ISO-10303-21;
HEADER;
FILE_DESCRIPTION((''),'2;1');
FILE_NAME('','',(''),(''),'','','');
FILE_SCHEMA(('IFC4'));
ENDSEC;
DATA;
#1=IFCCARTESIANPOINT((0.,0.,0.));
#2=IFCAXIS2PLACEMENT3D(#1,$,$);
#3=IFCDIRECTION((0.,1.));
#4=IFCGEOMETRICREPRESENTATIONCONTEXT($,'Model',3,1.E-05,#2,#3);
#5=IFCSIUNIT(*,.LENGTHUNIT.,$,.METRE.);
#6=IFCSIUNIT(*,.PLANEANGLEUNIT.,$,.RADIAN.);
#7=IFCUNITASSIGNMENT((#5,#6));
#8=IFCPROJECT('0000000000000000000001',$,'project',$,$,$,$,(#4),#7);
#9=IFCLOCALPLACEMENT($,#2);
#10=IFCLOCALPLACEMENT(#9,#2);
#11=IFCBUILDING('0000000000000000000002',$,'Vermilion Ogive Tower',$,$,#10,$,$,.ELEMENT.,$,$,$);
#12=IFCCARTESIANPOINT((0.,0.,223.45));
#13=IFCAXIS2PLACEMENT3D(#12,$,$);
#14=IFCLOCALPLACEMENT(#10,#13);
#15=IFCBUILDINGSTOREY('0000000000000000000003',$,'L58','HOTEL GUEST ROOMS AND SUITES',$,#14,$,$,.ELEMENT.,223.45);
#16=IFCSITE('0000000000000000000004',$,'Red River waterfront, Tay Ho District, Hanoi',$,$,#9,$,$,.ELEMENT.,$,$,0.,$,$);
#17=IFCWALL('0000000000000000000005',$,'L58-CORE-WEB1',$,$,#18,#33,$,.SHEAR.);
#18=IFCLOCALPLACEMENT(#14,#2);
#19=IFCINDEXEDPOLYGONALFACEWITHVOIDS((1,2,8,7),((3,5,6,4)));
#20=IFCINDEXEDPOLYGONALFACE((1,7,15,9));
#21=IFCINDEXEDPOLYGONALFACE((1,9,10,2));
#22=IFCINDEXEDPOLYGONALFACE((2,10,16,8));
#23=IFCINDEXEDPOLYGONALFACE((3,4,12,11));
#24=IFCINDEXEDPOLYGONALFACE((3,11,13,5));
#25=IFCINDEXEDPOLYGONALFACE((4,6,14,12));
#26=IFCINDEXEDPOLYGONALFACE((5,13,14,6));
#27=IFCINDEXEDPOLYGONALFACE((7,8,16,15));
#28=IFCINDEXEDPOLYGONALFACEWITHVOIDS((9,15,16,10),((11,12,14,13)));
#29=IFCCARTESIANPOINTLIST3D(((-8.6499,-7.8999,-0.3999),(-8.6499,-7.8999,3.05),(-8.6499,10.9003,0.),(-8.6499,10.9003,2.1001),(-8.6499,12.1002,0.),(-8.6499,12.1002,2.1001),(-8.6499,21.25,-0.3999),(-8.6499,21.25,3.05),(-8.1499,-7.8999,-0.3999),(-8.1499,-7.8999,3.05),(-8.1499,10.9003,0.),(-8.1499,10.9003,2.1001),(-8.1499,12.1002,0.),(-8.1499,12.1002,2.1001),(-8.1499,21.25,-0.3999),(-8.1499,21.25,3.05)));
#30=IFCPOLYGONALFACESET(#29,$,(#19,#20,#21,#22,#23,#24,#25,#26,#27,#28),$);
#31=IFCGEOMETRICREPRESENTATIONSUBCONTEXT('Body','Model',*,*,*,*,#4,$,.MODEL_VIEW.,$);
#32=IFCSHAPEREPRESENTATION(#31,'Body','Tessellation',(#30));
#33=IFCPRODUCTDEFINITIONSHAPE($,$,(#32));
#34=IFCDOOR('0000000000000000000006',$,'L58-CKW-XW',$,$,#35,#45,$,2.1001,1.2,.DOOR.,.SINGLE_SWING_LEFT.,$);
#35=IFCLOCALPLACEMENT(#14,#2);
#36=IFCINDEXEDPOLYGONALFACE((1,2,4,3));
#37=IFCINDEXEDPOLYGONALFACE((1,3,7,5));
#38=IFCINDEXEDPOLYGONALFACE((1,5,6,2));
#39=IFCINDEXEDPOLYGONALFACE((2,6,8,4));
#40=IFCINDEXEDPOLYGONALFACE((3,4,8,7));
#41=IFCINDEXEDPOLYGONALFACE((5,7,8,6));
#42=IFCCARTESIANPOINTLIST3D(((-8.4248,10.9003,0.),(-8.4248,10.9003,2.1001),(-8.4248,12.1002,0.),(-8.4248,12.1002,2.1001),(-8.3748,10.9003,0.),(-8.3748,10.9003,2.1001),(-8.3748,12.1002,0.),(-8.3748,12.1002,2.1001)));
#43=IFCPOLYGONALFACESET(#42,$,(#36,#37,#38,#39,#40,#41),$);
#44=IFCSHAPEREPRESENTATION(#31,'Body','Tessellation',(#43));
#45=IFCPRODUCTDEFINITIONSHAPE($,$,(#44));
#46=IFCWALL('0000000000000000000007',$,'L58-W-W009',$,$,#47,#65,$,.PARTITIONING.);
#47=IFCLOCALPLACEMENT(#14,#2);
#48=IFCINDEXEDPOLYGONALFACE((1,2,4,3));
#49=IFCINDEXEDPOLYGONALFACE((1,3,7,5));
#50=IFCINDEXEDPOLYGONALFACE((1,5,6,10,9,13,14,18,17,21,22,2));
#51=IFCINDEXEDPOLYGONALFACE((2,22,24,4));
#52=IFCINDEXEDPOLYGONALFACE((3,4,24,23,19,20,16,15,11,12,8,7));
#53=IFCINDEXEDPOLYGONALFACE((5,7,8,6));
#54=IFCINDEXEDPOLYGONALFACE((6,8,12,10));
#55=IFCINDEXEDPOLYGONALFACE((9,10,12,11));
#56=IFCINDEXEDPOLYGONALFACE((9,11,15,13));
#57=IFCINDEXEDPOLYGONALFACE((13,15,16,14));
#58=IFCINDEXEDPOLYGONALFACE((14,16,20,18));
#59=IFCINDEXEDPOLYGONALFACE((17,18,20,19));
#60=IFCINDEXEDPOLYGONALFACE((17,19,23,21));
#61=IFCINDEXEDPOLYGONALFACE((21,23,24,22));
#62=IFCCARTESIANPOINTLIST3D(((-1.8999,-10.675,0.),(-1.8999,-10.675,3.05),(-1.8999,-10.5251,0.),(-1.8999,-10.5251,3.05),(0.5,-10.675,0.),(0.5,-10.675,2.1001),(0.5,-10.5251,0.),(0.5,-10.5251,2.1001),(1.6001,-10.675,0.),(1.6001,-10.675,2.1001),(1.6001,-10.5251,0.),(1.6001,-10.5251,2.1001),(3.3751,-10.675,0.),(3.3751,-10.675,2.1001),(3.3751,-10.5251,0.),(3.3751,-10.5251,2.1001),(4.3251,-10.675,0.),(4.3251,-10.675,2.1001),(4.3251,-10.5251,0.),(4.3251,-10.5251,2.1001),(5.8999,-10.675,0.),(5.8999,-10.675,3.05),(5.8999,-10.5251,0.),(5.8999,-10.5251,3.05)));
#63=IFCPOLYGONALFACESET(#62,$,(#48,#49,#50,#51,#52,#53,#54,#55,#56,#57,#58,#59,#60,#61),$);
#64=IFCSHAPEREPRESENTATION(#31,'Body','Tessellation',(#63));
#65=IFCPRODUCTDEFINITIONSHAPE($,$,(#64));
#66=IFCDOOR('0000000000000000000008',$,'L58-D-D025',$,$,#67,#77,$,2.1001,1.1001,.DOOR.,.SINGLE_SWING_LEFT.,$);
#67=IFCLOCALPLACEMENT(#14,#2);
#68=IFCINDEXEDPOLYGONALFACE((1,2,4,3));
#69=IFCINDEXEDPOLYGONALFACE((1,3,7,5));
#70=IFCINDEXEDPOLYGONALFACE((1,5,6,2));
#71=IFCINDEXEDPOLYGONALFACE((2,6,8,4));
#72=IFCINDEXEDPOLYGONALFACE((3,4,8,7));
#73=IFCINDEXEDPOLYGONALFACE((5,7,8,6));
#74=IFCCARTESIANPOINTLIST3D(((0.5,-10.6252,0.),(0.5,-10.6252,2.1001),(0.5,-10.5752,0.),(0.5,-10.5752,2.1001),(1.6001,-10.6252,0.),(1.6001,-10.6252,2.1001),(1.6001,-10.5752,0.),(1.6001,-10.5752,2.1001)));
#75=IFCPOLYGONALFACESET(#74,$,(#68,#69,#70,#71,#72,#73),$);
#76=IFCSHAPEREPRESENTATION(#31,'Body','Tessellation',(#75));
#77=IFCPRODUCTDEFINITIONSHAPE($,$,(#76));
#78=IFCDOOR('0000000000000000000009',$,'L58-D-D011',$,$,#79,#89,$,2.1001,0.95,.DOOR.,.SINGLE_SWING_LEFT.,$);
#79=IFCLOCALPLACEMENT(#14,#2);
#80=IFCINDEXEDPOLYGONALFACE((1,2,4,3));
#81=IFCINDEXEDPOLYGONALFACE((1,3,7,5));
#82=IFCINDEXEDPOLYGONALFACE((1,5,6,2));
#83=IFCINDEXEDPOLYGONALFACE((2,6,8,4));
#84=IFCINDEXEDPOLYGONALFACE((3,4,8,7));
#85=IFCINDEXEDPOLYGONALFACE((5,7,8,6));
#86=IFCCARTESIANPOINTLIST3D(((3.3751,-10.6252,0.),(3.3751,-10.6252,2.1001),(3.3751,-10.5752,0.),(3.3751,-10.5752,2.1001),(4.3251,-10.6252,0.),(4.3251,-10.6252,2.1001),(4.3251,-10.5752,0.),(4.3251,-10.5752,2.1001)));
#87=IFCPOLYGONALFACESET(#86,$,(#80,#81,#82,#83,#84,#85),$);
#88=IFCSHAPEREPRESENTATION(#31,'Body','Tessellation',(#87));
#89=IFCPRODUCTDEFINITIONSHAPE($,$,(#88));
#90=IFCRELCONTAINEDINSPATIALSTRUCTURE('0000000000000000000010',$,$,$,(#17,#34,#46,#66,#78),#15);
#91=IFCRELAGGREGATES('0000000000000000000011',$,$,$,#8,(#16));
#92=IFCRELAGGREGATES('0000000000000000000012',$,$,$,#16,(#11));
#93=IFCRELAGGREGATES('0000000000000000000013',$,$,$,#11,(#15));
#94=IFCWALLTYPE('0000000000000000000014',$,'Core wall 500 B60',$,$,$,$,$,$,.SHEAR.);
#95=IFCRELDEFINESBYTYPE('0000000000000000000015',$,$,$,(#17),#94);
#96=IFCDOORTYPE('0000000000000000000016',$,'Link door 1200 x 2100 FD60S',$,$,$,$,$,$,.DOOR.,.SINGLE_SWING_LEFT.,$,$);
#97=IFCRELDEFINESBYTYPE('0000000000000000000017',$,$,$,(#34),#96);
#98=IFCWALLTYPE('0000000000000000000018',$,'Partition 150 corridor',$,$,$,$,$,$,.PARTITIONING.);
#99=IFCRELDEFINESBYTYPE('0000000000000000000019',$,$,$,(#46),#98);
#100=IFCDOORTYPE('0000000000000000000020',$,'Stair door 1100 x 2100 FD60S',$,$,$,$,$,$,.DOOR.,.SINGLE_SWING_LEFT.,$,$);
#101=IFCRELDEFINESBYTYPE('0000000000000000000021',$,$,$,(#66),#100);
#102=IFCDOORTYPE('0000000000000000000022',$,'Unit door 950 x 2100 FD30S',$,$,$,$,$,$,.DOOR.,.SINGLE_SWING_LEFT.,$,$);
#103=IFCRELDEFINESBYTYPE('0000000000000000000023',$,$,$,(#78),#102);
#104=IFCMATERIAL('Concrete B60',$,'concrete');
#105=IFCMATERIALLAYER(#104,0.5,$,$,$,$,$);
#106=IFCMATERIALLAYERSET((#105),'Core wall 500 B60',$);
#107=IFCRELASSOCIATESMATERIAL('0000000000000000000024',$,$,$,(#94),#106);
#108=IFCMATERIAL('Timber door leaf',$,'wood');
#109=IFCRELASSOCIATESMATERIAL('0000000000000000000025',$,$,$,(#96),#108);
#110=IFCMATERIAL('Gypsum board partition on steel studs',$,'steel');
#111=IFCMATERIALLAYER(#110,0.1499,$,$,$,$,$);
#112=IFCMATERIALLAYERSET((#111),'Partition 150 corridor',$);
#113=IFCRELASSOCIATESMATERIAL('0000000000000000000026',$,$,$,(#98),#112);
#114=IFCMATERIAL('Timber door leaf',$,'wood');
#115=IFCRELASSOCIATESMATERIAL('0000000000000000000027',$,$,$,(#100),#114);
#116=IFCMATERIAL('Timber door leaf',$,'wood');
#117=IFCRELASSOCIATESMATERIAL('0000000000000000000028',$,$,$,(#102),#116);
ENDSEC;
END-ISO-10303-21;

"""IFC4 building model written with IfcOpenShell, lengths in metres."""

from ifc_helpers import new_model, si_unit, direction, frame, frame_2d, origin, place, context, subcontext, project, spatial, rectangle, extrude, material, layer, layer_set, type_object, element, fill, save


model = new_model("IFC4")

# Units and contexts
model_context = context("Model", 3, precision=1e-05, world=origin(), true_north=direction((0.0, 1.0)))
body_context = subcontext(model_context, "Body", "Model", "MODEL_VIEW")
ifc_project = project(units=[si_unit("LENGTHUNIT", "METRE"), si_unit("PLANEANGLEUNIT", "RADIAN")], contexts=[model_context])

# Site, building, storey
site_placement = place(None, origin())
site = spatial("IfcSite", under=ifc_project, at=site_placement, Name="Red River waterfront, Tay Ho District, Hanoi", CompositionType="ELEMENT", RefElevation=0.0)
building_placement = place(site_placement, origin())
building = spatial("IfcBuilding", under=site, at=building_placement, Name="Vermilion Ogive Tower", CompositionType="ELEMENT")
storey_placement = place(building_placement, frame((0.0, 0.0, 223.45)))
storey = spatial("IfcBuildingStorey", under=building, at=storey_placement, Name="L58", Description="HOTEL GUEST ROOMS AND SUITES", CompositionType="ELEMENT", Elevation=223.45)

# Wall, opening, door
ifc_material_1 = material(Name="Concrete B60", Category="concrete")
ifc_layer_1 = layer(ifc_material_1, 0.5)
ifc_layer_set_1 = layer_set([ifc_layer_1], Name="Core wall 500 B60")
wall_type_1 = type_object("IfcWallType", Name="Core wall 500 B60", PredefinedType="SHEAR", material=ifc_layer_set_1)
wall_1_placement = place(storey_placement, frame((-8.3999, -7.8999, -0.3999), z_axis=(0.0, 0.0, 1.0), x_axis=(0.0, 1.0, 0.0)))
wall_1 = element("IfcWall", 1, at=wall_1_placement, inside=storey, type_object=wall_type_1, Name="L58-CORE-WEB1", PredefinedType="SHEAR", context=body_context, shape_type="SweptSolid", body=[
    extrude(rectangle(XDim=29.1499, YDim=0.5, at=frame_2d((14.575, 0.0))), origin(), (0.0, 0.0, 1.0), 3.45),
])
opening_1_placement = place(wall_1_placement, frame((18.8, 0.0, 0.3999)))
opening_1 = element("IfcOpeningElement", 2, at=opening_1_placement, cuts=wall_1, PredefinedType="OPENING", context=body_context, shape_type="SweptSolid", body=[
    extrude(rectangle(XDim=1.2, YDim=2.1001, at=frame_2d((0.6001, 1.05))), frame((0.0, 0.26, 0.0), z_axis=(0.0, -1.0, 0.0), x_axis=(1.0, 0.0, 0.0)), (0.0, 0.0, 1.0), 0.52),
])
ifc_material_2 = material(Name="Timber door leaf", Category="wood")
door_type_1 = type_object("IfcDoorType", Name="Link door 1200 x 2100 FD60S", OperationType="SINGLE_SWING_LEFT", PredefinedType="DOOR", material=ifc_material_2)
door_1_placement = place(opening_1_placement, origin())
door_1 = element("IfcDoor", 3, at=door_1_placement, inside=storey, type_object=door_type_1, Name="L58-CKW-XW", OperationType="SINGLE_SWING_LEFT", OverallHeight=2.1001, OverallWidth=1.2, PredefinedType="DOOR", context=body_context, shape_type="SweptSolid", body=[
    extrude(rectangle(XDim=1.2, YDim=2.1001, at=frame_2d((0.6001, 1.05))), frame((0.0, 0.0249, 0.0), z_axis=(0.0, -1.0, 0.0), x_axis=(1.0, 0.0, 0.0)), (0.0, 0.0, 1.0), 0.05),
])
fill(opening_1, door_1)

# Wall, openings, doors
ifc_material_3 = material(Name="Gypsum board partition on steel studs", Category="steel")
ifc_layer_2 = layer(ifc_material_3, 0.1499)
ifc_layer_set_2 = layer_set([ifc_layer_2], Name="Partition 150 corridor")
wall_type_2 = type_object("IfcWallType", Name="Partition 150 corridor", PredefinedType="PARTITIONING", material=ifc_layer_set_2)
wall_2_placement = place(storey_placement, frame((-1.8999, -10.6001, 0.0), z_axis=(0.0, 0.0, 1.0), x_axis=(1.0, 0.0, 0.0)))
wall_2 = element("IfcWall", 4, at=wall_2_placement, inside=storey, type_object=wall_type_2, Name="L58-W-W009", PredefinedType="PARTITIONING", context=body_context, shape_type="SweptSolid", body=[
    extrude(rectangle(XDim=7.7998, YDim=0.1499, at=frame_2d((3.8999, 0.0))), origin(), (0.0, 0.0, 1.0), 3.05),
])
opening_2_placement = place(wall_2_placement, frame((5.2749, 0.0, 0.0)))
opening_2 = element("IfcOpeningElement", 5, at=opening_2_placement, cuts=wall_2, PredefinedType="OPENING", context=body_context, shape_type="SweptSolid", body=[
    extrude(rectangle(XDim=0.95, YDim=2.1001, at=frame_2d((0.4751, 1.05))), frame((0.0, 0.085, 0.0), z_axis=(0.0, -1.0, 0.0), x_axis=(1.0, 0.0, 0.0)), (0.0, 0.0, 1.0), 0.1699),
])
opening_3_placement = place(wall_2_placement, frame((2.3999, 0.0, 0.0)))
opening_3 = element("IfcOpeningElement", 6, at=opening_3_placement, cuts=wall_2, PredefinedType="OPENING", context=body_context, shape_type="SweptSolid", body=[
    extrude(rectangle(XDim=1.1001, YDim=2.1001, at=frame_2d((0.55, 1.05))), frame((0.0, 0.085, 0.0), z_axis=(0.0, -1.0, 0.0), x_axis=(1.0, 0.0, 0.0)), (0.0, 0.0, 1.0), 0.1699),
])
ifc_material_4 = material(Name="Timber door leaf", Category="wood")
door_type_2 = type_object("IfcDoorType", Name="Stair door 1100 x 2100 FD60S", OperationType="SINGLE_SWING_LEFT", PredefinedType="DOOR", material=ifc_material_4)
door_2_placement = place(opening_3_placement, origin())
door_2 = element("IfcDoor", 7, at=door_2_placement, inside=storey, type_object=door_type_2, Name="L58-D-D025", OperationType="SINGLE_SWING_LEFT", OverallHeight=2.1001, OverallWidth=1.1001, PredefinedType="DOOR", context=body_context, shape_type="SweptSolid", body=[
    extrude(rectangle(XDim=1.1001, YDim=2.1001, at=frame_2d((0.55, 1.05))), frame((0.0, 0.0249, 0.0), z_axis=(0.0, -1.0, 0.0), x_axis=(1.0, 0.0, 0.0)), (0.0, 0.0, 1.0), 0.05),
])
fill(opening_3, door_2)
ifc_material_5 = material(Name="Timber door leaf", Category="wood")
door_type_3 = type_object("IfcDoorType", Name="Unit door 950 x 2100 FD30S", OperationType="SINGLE_SWING_LEFT", PredefinedType="DOOR", material=ifc_material_5)
door_3_placement = place(opening_2_placement, origin())
door_3 = element("IfcDoor", 8, at=door_3_placement, inside=storey, type_object=door_type_3, Name="L58-D-D011", OperationType="SINGLE_SWING_LEFT", OverallHeight=2.1001, OverallWidth=0.95, PredefinedType="DOOR", context=body_context, shape_type="SweptSolid", body=[
    extrude(rectangle(XDim=0.95, YDim=2.1001, at=frame_2d((0.4751, 1.05))), frame((0.0, 0.0249, 0.0), z_axis=(0.0, -1.0, 0.0), x_axis=(1.0, 0.0, 0.0)), (0.0, 0.0, 1.0), 0.05),
])
fill(opening_2, door_3)

save(model, "model.ifc")
